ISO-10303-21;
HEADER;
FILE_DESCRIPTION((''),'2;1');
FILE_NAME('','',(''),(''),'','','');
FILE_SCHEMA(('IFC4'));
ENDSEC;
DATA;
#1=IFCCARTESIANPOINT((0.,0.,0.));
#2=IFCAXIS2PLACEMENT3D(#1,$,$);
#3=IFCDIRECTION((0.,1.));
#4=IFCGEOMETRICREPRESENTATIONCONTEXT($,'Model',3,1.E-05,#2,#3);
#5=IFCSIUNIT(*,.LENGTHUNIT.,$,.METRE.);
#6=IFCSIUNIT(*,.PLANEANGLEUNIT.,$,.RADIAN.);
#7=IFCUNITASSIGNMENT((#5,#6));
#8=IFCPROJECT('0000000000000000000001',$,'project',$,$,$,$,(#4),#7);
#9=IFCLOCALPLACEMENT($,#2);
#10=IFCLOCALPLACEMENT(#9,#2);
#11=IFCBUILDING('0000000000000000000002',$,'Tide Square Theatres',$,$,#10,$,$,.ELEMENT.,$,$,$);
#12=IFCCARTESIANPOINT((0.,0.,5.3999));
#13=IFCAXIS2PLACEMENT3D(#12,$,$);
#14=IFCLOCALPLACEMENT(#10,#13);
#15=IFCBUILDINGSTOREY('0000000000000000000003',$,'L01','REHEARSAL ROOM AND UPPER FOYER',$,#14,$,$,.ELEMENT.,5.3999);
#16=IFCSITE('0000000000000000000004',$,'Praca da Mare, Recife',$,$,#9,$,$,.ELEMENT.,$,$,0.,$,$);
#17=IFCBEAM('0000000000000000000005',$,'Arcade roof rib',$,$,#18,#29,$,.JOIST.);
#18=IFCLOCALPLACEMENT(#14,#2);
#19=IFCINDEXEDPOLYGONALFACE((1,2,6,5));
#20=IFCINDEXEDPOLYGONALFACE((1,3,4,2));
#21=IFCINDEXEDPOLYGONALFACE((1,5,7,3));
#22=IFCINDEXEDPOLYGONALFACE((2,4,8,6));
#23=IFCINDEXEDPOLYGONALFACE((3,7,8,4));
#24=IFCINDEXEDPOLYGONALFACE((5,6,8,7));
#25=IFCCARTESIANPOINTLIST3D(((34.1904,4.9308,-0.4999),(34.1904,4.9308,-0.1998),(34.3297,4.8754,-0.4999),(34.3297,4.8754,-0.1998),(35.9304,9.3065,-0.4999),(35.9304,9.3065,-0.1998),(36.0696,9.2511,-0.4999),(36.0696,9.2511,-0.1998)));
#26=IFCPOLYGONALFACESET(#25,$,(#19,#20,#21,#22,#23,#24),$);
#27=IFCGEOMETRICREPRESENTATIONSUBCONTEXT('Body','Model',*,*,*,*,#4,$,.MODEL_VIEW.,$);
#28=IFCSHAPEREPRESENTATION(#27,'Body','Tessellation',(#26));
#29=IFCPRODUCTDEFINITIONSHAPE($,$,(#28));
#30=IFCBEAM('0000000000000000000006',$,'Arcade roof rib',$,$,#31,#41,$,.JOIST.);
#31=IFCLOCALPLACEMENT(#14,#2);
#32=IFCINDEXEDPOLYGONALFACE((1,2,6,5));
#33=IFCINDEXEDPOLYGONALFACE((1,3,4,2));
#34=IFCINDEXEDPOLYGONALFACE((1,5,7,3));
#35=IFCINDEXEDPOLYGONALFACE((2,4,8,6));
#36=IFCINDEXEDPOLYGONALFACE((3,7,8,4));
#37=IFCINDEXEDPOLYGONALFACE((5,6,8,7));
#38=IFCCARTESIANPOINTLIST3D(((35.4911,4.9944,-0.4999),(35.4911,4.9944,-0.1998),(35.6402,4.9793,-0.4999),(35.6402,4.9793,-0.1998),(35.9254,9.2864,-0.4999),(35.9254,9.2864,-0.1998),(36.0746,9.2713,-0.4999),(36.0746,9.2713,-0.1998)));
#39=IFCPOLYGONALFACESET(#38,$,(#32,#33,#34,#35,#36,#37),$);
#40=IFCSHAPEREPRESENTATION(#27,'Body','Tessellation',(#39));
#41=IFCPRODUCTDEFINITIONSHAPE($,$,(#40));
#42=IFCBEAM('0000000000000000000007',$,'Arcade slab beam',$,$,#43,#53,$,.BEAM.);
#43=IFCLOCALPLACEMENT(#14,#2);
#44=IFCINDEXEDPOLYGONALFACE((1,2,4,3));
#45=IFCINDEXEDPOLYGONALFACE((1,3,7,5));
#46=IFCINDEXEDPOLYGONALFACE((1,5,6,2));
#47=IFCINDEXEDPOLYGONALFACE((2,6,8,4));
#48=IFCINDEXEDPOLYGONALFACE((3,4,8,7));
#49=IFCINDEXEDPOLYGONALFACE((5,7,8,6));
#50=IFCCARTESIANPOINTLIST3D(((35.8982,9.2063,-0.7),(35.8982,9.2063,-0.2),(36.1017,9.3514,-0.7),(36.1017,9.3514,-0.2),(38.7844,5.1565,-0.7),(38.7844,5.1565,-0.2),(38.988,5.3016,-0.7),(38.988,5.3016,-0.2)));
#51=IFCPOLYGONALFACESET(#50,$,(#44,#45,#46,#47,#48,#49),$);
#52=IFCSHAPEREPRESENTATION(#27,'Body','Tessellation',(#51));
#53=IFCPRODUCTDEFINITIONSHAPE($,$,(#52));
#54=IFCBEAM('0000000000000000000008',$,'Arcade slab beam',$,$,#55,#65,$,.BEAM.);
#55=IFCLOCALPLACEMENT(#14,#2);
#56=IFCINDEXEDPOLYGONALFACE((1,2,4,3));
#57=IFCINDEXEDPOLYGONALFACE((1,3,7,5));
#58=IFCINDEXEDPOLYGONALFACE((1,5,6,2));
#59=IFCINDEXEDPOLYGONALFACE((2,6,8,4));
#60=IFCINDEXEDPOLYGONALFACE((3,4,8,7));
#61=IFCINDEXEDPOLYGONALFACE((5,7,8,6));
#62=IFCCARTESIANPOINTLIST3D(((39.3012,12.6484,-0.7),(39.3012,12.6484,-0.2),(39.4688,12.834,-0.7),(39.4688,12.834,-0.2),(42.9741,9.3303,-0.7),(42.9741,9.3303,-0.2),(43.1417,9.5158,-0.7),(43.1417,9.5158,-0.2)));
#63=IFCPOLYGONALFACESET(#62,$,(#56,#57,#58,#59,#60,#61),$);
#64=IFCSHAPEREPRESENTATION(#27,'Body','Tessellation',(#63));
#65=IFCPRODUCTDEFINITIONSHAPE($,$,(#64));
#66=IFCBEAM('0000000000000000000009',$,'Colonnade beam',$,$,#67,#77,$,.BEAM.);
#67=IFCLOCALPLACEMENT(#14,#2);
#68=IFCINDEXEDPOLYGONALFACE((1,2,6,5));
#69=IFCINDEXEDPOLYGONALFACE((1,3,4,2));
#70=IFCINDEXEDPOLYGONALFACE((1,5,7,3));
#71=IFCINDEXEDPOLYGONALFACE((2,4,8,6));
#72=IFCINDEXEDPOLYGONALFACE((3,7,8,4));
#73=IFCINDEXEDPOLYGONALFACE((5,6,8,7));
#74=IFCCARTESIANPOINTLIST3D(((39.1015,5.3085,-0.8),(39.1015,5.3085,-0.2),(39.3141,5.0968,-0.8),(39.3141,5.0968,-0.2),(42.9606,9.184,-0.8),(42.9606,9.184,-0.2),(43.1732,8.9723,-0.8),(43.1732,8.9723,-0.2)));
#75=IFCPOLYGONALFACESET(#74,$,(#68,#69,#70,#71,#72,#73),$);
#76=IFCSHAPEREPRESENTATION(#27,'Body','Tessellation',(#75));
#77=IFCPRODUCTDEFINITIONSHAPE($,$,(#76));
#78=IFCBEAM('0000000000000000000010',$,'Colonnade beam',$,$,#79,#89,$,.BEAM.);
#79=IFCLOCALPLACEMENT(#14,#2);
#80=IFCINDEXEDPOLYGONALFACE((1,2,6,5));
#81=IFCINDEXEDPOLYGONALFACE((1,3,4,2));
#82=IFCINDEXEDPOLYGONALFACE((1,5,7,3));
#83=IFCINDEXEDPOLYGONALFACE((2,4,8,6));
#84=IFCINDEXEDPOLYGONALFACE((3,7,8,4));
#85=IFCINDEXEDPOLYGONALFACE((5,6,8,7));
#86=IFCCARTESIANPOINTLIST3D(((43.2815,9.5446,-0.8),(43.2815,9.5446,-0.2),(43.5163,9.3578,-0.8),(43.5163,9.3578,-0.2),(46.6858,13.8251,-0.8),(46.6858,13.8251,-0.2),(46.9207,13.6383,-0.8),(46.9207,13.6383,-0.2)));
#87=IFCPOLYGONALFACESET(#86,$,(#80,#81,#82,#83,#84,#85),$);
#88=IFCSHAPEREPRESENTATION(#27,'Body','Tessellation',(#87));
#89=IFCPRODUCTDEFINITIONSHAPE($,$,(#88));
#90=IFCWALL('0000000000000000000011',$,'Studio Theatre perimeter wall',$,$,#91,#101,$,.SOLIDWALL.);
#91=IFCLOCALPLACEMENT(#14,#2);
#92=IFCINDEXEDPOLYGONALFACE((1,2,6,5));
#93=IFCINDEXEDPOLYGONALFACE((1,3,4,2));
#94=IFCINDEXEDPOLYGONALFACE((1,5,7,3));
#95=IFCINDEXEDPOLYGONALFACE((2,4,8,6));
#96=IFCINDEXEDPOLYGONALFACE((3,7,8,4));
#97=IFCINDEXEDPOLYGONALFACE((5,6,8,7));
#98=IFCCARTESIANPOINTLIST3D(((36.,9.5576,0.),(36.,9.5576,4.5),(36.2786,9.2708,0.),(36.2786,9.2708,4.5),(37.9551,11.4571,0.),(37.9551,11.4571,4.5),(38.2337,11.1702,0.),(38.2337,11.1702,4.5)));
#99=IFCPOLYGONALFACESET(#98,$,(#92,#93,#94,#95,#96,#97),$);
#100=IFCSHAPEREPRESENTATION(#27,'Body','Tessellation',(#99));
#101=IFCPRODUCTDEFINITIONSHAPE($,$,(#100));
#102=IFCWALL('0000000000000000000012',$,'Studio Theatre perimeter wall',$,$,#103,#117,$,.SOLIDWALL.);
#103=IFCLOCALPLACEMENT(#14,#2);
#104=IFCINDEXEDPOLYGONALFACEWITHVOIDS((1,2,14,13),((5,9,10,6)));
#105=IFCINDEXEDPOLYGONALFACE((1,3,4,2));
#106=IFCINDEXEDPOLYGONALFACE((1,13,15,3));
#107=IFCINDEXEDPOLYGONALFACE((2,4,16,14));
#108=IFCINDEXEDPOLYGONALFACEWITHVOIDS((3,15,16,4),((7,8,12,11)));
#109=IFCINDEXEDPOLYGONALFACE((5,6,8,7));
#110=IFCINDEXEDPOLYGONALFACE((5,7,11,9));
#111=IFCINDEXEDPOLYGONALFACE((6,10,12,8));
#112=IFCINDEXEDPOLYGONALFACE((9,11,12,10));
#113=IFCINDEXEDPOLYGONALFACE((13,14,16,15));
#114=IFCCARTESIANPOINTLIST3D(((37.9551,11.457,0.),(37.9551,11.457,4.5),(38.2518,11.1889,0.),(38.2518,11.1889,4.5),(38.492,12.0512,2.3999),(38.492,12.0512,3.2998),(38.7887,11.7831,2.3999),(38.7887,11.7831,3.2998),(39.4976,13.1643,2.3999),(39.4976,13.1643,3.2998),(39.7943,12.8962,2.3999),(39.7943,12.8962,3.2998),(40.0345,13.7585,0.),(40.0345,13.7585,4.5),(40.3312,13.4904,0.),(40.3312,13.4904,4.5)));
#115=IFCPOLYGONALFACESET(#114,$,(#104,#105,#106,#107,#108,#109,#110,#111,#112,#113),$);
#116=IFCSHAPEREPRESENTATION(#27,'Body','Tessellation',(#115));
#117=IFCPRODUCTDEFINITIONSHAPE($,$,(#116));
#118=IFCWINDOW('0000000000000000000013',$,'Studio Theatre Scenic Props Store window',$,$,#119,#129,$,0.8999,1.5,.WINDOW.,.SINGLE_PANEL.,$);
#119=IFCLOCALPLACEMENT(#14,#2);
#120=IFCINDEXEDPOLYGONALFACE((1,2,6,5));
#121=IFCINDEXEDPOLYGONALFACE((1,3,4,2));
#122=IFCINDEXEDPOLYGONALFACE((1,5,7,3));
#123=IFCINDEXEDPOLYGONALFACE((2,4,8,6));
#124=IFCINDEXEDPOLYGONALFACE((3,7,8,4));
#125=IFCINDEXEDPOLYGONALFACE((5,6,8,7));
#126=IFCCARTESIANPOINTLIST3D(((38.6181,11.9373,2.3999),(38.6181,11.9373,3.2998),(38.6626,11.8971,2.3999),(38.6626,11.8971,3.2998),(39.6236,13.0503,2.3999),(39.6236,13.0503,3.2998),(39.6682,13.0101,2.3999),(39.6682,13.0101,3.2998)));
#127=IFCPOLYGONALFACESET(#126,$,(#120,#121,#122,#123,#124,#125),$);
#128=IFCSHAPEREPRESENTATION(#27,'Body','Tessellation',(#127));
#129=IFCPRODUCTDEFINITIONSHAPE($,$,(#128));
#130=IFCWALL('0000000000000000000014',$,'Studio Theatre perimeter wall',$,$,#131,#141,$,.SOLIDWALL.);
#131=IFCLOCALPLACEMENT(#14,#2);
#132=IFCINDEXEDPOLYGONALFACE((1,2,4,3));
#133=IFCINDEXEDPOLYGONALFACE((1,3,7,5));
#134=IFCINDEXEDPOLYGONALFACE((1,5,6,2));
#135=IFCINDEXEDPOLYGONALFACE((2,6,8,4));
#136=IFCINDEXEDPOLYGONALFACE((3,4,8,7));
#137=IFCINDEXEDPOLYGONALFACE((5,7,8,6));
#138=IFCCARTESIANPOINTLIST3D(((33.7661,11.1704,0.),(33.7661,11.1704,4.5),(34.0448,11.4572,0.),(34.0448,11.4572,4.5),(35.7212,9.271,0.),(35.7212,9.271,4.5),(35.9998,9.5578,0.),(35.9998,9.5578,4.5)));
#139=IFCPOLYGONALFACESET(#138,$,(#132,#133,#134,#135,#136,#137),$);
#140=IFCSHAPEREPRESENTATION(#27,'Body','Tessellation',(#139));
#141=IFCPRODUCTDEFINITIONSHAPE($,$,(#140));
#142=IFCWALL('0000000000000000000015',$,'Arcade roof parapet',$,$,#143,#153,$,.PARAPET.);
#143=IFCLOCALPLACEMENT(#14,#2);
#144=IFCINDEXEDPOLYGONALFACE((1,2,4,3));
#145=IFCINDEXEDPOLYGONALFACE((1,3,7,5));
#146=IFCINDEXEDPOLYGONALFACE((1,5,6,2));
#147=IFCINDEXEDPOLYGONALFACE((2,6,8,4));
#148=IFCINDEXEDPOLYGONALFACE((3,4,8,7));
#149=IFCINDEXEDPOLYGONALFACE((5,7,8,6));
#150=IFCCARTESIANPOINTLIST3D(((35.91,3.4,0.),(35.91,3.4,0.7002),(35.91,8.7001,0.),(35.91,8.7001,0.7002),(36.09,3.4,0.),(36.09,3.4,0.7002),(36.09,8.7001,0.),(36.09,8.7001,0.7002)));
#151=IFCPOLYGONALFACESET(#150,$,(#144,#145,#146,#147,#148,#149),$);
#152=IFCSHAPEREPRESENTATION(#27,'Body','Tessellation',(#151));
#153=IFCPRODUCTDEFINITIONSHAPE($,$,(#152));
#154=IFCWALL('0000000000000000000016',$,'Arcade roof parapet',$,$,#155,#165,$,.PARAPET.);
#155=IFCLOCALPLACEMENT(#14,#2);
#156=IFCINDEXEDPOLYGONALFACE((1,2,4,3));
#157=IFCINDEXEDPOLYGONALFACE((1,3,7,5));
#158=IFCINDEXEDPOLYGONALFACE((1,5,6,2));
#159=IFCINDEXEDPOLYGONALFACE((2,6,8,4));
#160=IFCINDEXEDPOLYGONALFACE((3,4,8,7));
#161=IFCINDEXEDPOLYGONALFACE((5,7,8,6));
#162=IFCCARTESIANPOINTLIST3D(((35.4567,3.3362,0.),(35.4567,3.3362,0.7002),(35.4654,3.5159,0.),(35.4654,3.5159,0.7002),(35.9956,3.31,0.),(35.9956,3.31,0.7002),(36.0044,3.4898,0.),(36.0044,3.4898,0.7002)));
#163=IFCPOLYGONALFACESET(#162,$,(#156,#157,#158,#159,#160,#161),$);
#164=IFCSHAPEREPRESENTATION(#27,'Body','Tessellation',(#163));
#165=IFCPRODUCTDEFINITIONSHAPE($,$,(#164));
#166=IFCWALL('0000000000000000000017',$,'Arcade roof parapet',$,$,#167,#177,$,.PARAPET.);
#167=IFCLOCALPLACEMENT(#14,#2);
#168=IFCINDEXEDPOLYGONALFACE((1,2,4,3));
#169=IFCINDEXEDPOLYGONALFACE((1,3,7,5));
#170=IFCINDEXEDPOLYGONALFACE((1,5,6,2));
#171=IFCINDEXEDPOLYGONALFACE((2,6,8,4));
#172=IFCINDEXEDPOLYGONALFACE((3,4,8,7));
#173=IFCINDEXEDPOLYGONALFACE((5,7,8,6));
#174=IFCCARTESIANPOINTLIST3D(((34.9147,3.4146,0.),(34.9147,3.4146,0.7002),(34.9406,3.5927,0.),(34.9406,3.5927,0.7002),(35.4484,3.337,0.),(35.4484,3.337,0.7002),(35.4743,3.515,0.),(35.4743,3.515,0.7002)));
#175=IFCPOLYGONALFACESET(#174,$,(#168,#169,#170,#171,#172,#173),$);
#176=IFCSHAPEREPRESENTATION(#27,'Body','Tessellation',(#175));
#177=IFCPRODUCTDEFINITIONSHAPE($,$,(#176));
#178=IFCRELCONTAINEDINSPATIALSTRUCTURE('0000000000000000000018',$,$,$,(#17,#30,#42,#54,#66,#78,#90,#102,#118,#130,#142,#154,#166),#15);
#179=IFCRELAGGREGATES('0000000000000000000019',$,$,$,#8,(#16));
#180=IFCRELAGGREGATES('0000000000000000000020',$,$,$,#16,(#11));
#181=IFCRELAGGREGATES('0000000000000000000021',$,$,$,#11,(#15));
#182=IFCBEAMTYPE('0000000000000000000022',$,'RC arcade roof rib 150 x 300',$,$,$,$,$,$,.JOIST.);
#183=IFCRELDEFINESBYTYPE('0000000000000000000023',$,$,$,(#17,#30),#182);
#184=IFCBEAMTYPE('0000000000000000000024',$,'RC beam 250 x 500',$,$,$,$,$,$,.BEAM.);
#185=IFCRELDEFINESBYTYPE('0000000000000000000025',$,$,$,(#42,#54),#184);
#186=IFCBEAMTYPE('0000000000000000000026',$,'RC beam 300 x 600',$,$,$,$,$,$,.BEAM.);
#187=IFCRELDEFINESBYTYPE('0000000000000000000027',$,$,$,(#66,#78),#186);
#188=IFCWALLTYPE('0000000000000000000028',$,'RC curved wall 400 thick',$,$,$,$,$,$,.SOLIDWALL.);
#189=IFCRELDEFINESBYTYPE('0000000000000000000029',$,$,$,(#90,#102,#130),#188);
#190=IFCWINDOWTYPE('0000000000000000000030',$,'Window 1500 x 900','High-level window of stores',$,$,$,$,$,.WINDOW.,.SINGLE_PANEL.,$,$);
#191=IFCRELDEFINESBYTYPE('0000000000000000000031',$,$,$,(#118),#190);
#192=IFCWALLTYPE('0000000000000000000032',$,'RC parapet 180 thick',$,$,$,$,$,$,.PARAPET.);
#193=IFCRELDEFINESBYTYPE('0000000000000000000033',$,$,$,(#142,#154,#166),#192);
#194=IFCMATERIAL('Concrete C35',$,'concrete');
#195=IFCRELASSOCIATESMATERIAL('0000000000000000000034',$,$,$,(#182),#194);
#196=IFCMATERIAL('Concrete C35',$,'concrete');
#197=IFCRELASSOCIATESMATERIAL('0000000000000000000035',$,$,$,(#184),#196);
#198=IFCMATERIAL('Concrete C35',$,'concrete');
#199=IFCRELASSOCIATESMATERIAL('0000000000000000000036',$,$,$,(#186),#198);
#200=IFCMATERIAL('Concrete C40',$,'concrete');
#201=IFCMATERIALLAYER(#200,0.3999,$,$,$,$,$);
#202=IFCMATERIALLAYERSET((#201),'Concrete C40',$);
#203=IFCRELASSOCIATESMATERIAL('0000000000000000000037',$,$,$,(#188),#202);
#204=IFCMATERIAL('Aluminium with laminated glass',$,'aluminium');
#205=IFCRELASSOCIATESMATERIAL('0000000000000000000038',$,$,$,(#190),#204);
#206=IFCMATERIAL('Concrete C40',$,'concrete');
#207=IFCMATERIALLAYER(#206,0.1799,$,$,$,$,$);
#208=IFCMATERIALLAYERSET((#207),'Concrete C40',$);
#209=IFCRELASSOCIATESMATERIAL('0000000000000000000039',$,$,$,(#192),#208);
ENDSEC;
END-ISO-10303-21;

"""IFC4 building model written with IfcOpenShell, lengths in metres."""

from ifc_helpers import new_model, si_unit, direction, frame, frame_2d, origin, origin_2d, place, context, subcontext, project, spatial, rectangle, extrude, material, layer, layer_set, material_profile, profile_set, type_object, element, fill, save


model = new_model("IFC4")

# Units and contexts
model_context = context("Model", 3, precision=1e-05, world=origin(), true_north=direction((0.0, 1.0)))
body_context = subcontext(model_context, "Body", "Model", "MODEL_VIEW")
ifc_project = project(units=[si_unit("LENGTHUNIT", "METRE"), si_unit("PLANEANGLEUNIT", "RADIAN")], contexts=[model_context])

# Site, building, storey
site_placement = place(None, origin())
site = spatial("IfcSite", under=ifc_project, at=site_placement, Name="Praca da Mare, Recife", CompositionType="ELEMENT", RefElevation=0.0)
building_placement = place(site_placement, origin())
building = spatial("IfcBuilding", under=site, at=building_placement, Name="Tide Square Theatres", CompositionType="ELEMENT")
storey_placement = place(building_placement, frame((0.0, 0.0, 5.3999)))
storey = spatial("IfcBuildingStorey", under=building, at=storey_placement, Name="L01", Description="REHEARSAL ROOM AND UPPER FOYER", CompositionType="ELEMENT", Elevation=5.3999)

# Beams
ifc_material_1 = material(Name="Concrete C35", Category="concrete")
ifc_material_profile_1 = material_profile(ifc_material_1, rectangle(XDim=0.1499, YDim=0.3, at=origin_2d()))
ifc_profile_set_1 = profile_set([ifc_material_profile_1], Name="Concrete C35")
beam_type_1 = type_object("IfcBeamType", Name="RC arcade roof rib 150 x 300", PredefinedType="JOIST", material=ifc_profile_set_1)
beam_1_placement = place(storey_placement, frame((34.26, 4.9031, -0.3499), z_axis=(0.369504, 0.929229, 0.0), x_axis=(-0.929229, 0.369504, 0.0)))
element("IfcBeam", 1, at=beam_1_placement, inside=storey, type_object=beam_type_1, Name="Arcade roof rib", PredefinedType="JOIST", context=body_context, shape_type="SweptSolid", body=[
    extrude(rectangle(XDim=0.1499, YDim=0.3, at=origin_2d()), origin(), (0.0, 0.0, 1.0), 4.709),
])
beam_2_placement = place(storey_placement, frame((35.5657, 4.9868, -0.3499), z_axis=(0.10068, 0.994919, 0.0), x_axis=(-0.994919, 0.10068, 0.0)))
element("IfcBeam", 2, at=beam_2_placement, inside=storey, type_object=beam_type_1, Name="Arcade roof rib", PredefinedType="JOIST", context=body_context, shape_type="SweptSolid", body=[
    extrude(rectangle(XDim=0.1499, YDim=0.3, at=origin_2d()), origin(), (0.0, 0.0, 1.0), 4.314),
])
ifc_material_2 = material(Name="Concrete C35", Category="concrete")
ifc_material_profile_2 = material_profile(ifc_material_2, rectangle(XDim=0.25, YDim=0.5, at=origin_2d()))
ifc_profile_set_2 = profile_set([ifc_material_profile_2], Name="Concrete C35")
beam_type_2 = type_object("IfcBeamType", Name="RC beam 250 x 500", PredefinedType="BEAM", material=ifc_profile_set_2)
beam_3_placement = place(storey_placement, frame((38.8862, 5.229, -0.45), z_axis=(-0.580374, 0.81435, 0.0), x_axis=(-0.81435, -0.580374, 0.0)))
element("IfcBeam", 3, at=beam_3_placement, inside=storey, type_object=beam_type_2, Name="Arcade slab beam", PredefinedType="BEAM", context=body_context, shape_type="SweptSolid", body=[
    extrude(rectangle(XDim=0.25, YDim=0.5, at=origin_2d()), origin(), (0.0, 0.0, 1.0), 4.9731),
])
beam_4_placement = place(storey_placement, frame((43.0579, 9.4231, -0.45), z_axis=(-0.742032, 0.670364, 0.0), x_axis=(-0.670364, -0.742032, 0.0)))
element("IfcBeam", 4, at=beam_4_placement, inside=storey, type_object=beam_type_2, Name="Arcade slab beam", PredefinedType="BEAM", context=body_context, shape_type="SweptSolid", body=[
    extrude(rectangle(XDim=0.25, YDim=0.5, at=origin_2d()), origin(), (0.0, 0.0, 1.0), 4.9497),
])
ifc_material_3 = material(Name="Concrete C35", Category="concrete")
ifc_material_profile_3 = material_profile(ifc_material_3, rectangle(XDim=0.3, YDim=0.6001, at=origin_2d()))
ifc_profile_set_3 = profile_set([ifc_material_profile_3], Name="Concrete C35")
beam_type_3 = type_object("IfcBeamType", Name="RC beam 300 x 600", PredefinedType="BEAM", material=ifc_profile_set_3)
for number, where, z_axis, x_axis, name in (
    (5, (39.2078, 5.2026, -0.5), (0.70561, 0.708601, 0.0), (-0.708601, 0.70561, 0.0), "Colonnade beam"),
    (6, (43.3989, 9.4512, -0.5), (0.62245, 0.78266, 0.0), (-0.78266, 0.62245, 0.0), "Colonnade beam"),
):
    element("IfcBeam", number, at=place(storey_placement, frame(where, z_axis=z_axis, x_axis=x_axis)), inside=storey, type_object=beam_type_3, Name=name, PredefinedType="BEAM", context=body_context, shape_type="SweptSolid", body=[
        extrude(rectangle(XDim=0.3, YDim=0.6001, at=origin_2d()), origin(), (0.0, 0.0, 1.0), 5.4692),
    ])

# Wall
ifc_material_4 = material(Name="Concrete C40", Category="concrete")
ifc_layer_1 = layer(ifc_material_4, 0.3999)
ifc_layer_set_1 = layer_set([ifc_layer_1], Name="Concrete C40")
wall_type_1 = type_object("IfcWallType", Name="RC curved wall 400 thick", PredefinedType="SOLIDWALL", material=ifc_layer_set_1)
wall_1_placement = place(storey_placement, frame((36.1394, 9.4143, 0.0), z_axis=(0.0, 0.0, 1.0), x_axis=(0.717244, 0.696823, 0.0)))
element("IfcWall", 7, at=wall_1_placement, inside=storey, type_object=wall_type_1, Name="Studio Theatre perimeter wall", PredefinedType="SOLIDWALL", context=body_context, shape_type="SweptSolid", body=[
    extrude(rectangle(XDim=2.7258, YDim=0.3999, at=frame_2d((1.3628, 0.0))), origin(), (0.0, 0.0, 1.0), 4.5),
])

# Wall, opening, window
wall_2_placement = place(storey_placement, frame((38.1035, 11.323, 0.0), z_axis=(0.0, 0.0, 1.0), x_axis=(0.670386, 0.742013, 0.0)))
wall_2 = element("IfcWall", 8, at=wall_2_placement, inside=storey, type_object=wall_type_1, Name="Studio Theatre perimeter wall", PredefinedType="SOLIDWALL", context=body_context, shape_type="SweptSolid", body=[
    extrude(rectangle(XDim=3.1018, YDim=0.3999, at=frame_2d((1.5508, 0.0))), origin(), (0.0, 0.0, 1.0), 4.5),
])
opening_placement = place(wall_2_placement, frame((0.8008, 0.0, 2.3999)))
opening = element("IfcOpeningElement", 9, at=opening_placement, cuts=wall_2, PredefinedType="OPENING", context=body_context, shape_type="SweptSolid", body=[
    extrude(rectangle(XDim=1.5, YDim=0.8999, at=frame_2d((0.75, 0.45))), frame((0.0, 0.21, 0.0), z_axis=(0.0, -1.0, 0.0), x_axis=(1.0, 0.0, 0.0)), (0.0, 0.0, 1.0), 0.4199),
])
ifc_material_5 = material(Name="Aluminium with laminated glass", Category="aluminium")
window_type = type_object("IfcWindowType", Name="Window 1500 x 900", Description="High-level window of stores", PartitioningType="SINGLE_PANEL", PredefinedType="WINDOW", material=ifc_material_5)
window_placement = place(opening_placement, origin())
window = element("IfcWindow", 10, at=window_placement, inside=storey, type_object=window_type, Name="Studio Theatre Scenic Props Store window", OverallHeight=0.8999, OverallWidth=1.5, PartitioningType="SINGLE_PANEL", PredefinedType="WINDOW", context=body_context, shape_type="SweptSolid", body=[
    extrude(rectangle(XDim=1.5, YDim=0.8999, at=frame_2d((0.75, 0.45))), frame((0.0, 0.03, 0.0), z_axis=(0.0, -1.0, 0.0), x_axis=(1.0, 0.0, 0.0)), (0.0, 0.0, 1.0), 0.0601),
])
fill(opening, window)

# Walls
wall_3_placement = place(storey_placement, frame((33.9055, 11.3137, 0.0), z_axis=(0.0, 0.0, 1.0), x_axis=(0.717244, -0.696823, 0.0)))
element("IfcWall", 11, at=wall_3_placement, inside=storey, type_object=wall_type_1, Name="Studio Theatre perimeter wall", PredefinedType="SOLIDWALL", context=body_context, shape_type="SweptSolid", body=[
    extrude(rectangle(XDim=2.7258, YDim=0.3999, at=frame_2d((1.3628, 0.0))), origin(), (0.0, 0.0, 1.0), 4.5),
])
ifc_material_6 = material(Name="Concrete C40", Category="concrete")
ifc_layer_2 = layer(ifc_material_6, 0.1799)
ifc_layer_set_2 = layer_set([ifc_layer_2], Name="Concrete C40")
wall_type_2 = type_object("IfcWallType", Name="RC parapet 180 thick", PredefinedType="PARAPET", material=ifc_layer_set_2)
wall_4_placement = place(storey_placement, frame((36.0, 8.7, 0.0), z_axis=(0.0, 0.0, 1.0), x_axis=(0.0, -1.0, 0.0)))
element("IfcWall", 12, at=wall_4_placement, inside=storey, type_object=wall_type_2, Name="Arcade roof parapet", PredefinedType="PARAPET", context=body_context, shape_type="SweptSolid", body=[
    extrude(rectangle(XDim=5.3, YDim=0.1799, at=frame_2d((2.6499, 0.0))), origin(), (0.0, 0.0, 1.0), 0.7002),
])
wall_5_placement = place(storey_placement, frame((36.0, 3.3999, 0.0), z_axis=(0.0, 0.0, 1.0), x_axis=(-0.998827, 0.048425, 0.0)))
element("IfcWall", 13, at=wall_5_placement, inside=storey, type_object=wall_type_2, Name="Arcade roof parapet", PredefinedType="PARAPET", context=body_context, shape_type="SweptSolid", body=[
    extrude(rectangle(XDim=0.5396, YDim=0.1799, at=frame_2d((0.2698, 0.0))), origin(), (0.0, 0.0, 1.0), 0.7002),
])
wall_6_placement = place(storey_placement, frame((35.4612, 3.426, 0.0), z_axis=(0.0, 0.0, 1.0), x_axis=(-0.989584, 0.143956, 0.0)))
element("IfcWall", 14, at=wall_6_placement, inside=storey, type_object=wall_type_2, Name="Arcade roof parapet", PredefinedType="PARAPET", context=body_context, shape_type="SweptSolid", body=[
    extrude(rectangle(XDim=0.5393, YDim=0.1799, at=frame_2d((0.2695, 0.0))), origin(), (0.0, 0.0, 1.0), 0.7002),
])

save(model, "model.ifc")
